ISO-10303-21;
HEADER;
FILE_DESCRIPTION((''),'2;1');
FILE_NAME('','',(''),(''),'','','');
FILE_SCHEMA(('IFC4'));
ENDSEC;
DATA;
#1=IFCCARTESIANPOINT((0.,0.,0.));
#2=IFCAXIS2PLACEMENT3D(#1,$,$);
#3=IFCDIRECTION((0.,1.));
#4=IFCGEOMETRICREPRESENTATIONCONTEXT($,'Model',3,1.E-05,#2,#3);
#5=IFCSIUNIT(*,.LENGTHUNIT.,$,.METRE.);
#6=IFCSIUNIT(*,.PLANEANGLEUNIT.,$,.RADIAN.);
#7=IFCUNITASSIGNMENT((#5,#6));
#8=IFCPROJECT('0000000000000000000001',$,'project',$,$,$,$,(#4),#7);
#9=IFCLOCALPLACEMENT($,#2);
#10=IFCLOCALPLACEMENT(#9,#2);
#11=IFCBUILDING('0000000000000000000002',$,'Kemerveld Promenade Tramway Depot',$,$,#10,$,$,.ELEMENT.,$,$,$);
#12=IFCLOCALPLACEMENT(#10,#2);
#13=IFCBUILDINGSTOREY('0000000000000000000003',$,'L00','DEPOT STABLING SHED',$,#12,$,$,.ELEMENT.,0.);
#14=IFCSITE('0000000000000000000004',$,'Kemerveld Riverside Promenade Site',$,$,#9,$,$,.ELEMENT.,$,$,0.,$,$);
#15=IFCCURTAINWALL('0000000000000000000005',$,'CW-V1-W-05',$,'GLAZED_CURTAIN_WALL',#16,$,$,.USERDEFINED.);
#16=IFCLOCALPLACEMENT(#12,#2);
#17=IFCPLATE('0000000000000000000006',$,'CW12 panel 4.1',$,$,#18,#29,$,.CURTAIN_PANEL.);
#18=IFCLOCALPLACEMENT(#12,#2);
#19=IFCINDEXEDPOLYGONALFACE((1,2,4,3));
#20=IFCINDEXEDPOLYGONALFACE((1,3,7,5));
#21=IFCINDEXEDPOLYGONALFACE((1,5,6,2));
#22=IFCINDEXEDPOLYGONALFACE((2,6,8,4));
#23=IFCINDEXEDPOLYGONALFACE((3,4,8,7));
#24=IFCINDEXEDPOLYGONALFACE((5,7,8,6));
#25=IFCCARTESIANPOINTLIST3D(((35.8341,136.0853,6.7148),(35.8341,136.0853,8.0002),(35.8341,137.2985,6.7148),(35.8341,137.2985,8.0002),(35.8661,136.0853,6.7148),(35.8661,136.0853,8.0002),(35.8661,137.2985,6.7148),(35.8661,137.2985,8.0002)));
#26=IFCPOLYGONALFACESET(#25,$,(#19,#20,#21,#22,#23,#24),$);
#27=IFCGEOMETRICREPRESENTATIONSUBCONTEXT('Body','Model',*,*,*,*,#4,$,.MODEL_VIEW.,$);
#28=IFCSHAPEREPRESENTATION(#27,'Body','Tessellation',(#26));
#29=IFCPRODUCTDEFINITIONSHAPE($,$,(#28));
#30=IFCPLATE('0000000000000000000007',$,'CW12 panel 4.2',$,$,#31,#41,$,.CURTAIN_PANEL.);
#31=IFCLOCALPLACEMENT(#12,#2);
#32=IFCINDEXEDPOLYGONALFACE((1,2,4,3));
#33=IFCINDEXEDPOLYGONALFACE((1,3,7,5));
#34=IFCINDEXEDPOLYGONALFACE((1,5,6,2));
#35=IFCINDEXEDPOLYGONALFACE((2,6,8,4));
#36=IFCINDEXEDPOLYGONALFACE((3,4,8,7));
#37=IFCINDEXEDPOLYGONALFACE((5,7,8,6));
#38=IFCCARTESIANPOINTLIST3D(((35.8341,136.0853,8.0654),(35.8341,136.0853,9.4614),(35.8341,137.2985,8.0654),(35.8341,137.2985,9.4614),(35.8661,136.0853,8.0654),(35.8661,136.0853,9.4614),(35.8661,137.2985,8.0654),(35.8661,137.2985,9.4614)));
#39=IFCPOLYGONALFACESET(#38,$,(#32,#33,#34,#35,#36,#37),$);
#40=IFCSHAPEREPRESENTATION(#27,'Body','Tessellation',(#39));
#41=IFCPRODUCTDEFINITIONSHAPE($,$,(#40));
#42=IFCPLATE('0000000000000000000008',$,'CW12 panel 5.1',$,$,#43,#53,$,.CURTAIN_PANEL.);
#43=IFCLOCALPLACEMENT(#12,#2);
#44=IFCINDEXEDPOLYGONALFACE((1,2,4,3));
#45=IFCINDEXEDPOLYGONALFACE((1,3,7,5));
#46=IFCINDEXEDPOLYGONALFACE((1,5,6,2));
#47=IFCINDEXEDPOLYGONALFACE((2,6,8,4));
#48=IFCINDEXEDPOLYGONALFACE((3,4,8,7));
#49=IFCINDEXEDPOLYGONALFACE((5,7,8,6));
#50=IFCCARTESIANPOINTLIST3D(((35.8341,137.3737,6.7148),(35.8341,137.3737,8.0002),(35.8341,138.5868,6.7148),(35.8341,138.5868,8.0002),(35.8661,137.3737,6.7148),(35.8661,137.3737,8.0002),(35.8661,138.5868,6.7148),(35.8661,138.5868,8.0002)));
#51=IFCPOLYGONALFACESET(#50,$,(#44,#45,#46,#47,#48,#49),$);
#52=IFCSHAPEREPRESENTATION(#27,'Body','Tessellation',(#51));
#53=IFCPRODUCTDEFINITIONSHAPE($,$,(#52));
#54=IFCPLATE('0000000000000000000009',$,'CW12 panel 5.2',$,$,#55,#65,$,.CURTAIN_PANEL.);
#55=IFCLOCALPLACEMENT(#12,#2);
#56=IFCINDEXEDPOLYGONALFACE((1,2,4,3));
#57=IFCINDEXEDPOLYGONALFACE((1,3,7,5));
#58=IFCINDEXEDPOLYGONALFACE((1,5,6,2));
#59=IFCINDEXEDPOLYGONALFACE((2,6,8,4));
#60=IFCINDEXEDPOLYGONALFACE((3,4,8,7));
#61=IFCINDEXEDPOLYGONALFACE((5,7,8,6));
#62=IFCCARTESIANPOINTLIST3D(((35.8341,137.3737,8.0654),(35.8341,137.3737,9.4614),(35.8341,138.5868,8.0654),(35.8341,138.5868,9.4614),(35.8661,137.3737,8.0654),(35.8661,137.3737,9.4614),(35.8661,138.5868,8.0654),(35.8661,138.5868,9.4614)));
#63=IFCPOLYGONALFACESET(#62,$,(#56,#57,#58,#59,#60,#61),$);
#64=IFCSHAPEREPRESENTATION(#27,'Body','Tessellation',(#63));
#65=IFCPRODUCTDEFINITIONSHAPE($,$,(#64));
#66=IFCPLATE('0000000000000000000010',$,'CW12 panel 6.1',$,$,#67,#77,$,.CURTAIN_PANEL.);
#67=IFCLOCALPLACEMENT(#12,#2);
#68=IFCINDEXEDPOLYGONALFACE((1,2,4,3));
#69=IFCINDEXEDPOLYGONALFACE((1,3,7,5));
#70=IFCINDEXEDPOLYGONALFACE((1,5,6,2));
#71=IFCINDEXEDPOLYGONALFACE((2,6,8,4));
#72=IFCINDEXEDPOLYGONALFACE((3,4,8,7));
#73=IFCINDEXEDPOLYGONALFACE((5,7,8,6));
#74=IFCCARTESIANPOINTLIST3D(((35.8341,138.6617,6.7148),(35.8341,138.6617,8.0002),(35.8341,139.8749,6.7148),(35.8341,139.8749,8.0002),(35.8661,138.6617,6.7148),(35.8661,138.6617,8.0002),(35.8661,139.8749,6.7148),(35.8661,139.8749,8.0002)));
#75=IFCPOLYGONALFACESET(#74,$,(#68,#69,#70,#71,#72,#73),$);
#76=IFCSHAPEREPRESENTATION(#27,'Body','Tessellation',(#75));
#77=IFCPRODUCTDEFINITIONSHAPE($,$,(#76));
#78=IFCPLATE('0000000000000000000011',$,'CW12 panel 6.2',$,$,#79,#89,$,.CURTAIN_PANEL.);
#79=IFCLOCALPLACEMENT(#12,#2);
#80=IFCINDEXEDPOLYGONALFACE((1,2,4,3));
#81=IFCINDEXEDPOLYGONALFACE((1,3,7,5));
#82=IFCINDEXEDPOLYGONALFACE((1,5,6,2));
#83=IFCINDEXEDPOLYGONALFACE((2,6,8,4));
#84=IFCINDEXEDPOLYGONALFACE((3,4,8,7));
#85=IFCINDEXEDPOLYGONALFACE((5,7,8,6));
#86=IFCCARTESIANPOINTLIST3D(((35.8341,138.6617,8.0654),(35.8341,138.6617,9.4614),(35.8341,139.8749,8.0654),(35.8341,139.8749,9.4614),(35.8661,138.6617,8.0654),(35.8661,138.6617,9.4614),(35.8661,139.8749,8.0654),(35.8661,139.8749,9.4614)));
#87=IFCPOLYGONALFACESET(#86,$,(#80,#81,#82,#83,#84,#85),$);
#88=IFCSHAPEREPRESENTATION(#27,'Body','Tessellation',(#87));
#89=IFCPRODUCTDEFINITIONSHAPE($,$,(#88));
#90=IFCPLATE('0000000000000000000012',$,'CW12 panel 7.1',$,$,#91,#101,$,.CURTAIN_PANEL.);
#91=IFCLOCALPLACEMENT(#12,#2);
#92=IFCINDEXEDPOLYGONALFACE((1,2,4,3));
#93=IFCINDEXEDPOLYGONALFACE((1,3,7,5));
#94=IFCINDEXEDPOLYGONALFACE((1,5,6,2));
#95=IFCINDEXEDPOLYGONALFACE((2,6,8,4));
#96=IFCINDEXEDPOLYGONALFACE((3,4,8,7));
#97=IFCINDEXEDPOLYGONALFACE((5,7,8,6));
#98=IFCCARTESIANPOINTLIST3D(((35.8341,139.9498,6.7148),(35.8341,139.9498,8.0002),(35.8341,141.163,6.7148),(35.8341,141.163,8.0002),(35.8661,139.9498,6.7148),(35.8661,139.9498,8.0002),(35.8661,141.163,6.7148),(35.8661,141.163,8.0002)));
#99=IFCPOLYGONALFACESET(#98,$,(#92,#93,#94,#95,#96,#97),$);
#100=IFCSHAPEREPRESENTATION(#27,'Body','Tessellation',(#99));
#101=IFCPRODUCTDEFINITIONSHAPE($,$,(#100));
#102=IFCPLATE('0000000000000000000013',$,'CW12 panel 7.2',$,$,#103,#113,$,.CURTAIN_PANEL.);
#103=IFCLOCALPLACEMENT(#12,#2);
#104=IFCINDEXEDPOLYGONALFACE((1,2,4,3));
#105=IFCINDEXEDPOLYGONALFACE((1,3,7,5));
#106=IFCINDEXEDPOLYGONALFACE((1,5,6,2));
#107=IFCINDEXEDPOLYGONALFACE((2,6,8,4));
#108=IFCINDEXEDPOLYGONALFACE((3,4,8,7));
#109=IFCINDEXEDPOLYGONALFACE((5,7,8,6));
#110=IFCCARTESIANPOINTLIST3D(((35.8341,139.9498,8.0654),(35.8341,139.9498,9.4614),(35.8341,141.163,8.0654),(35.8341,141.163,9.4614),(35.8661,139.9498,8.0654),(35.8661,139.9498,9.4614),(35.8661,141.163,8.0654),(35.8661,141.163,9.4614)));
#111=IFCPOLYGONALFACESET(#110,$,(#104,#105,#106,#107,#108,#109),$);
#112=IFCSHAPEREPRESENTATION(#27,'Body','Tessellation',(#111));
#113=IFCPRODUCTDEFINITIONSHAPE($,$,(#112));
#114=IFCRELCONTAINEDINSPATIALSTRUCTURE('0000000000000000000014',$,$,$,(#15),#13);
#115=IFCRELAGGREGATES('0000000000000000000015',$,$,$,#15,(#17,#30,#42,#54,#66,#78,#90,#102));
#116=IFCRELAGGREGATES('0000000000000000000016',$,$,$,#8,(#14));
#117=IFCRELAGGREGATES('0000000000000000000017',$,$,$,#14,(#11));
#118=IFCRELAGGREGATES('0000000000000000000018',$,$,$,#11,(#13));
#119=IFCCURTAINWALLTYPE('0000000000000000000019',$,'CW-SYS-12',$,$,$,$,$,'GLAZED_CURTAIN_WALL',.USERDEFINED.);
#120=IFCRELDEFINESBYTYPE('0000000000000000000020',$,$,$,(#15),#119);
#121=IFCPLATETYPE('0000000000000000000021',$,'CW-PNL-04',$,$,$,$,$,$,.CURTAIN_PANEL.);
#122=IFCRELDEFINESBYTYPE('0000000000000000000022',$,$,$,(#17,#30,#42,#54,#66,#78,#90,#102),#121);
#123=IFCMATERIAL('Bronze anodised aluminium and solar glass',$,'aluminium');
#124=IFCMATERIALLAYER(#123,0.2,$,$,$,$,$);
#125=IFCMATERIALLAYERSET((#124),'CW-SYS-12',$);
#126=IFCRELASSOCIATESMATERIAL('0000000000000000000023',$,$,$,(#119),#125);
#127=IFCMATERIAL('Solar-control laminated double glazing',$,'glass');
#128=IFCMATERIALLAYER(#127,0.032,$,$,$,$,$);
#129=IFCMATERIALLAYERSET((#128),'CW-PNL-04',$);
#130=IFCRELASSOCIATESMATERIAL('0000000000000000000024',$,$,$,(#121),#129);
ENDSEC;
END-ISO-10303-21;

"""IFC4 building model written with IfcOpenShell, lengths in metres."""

from ifc_helpers import new_model, si_unit, direction, frame, origin, origin_2d, place, context, subcontext, project, spatial, rectangle, extrude, material, layer, layer_set, type_object, element, aggregate, save


model = new_model("IFC4")

# Units and contexts
model_context = context("Model", 3, precision=1e-05, world=origin(), true_north=direction((0.0, 1.0)))
body_context = subcontext(model_context, "Body", "Model", "MODEL_VIEW")
ifc_project = project(units=[si_unit("LENGTHUNIT", "METRE"), si_unit("PLANEANGLEUNIT", "RADIAN")], contexts=[model_context])

# Site, building, storey
site_placement = place(None, origin())
site = spatial("IfcSite", under=ifc_project, at=site_placement, Name="Kemerveld Riverside Promenade Site", CompositionType="ELEMENT", RefElevation=0.0)
building_placement = place(site_placement, origin())
building = spatial("IfcBuilding", under=site, at=building_placement, Name="Kemerveld Promenade Tramway Depot", CompositionType="ELEMENT")
storey_placement = place(building_placement, origin())
storey = spatial("IfcBuildingStorey", under=building, at=storey_placement, Name="L00", Description="DEPOT STABLING SHED", CompositionType="ELEMENT", Elevation=0.0)

# Curtain wall, plates
ifc_material_1 = material(Name="Bronze anodised aluminium and solar glass", Category="aluminium")
ifc_layer_1 = layer(ifc_material_1, 0.2)
ifc_layer_set_1 = layer_set([ifc_layer_1], Name="CW-SYS-12")
curtain_wall_type = type_object("IfcCurtainWallType", Name="CW-SYS-12", ElementType="GLAZED_CURTAIN_WALL", PredefinedType="USERDEFINED", material=ifc_layer_set_1)
curtain_wall_placement = place(storey_placement, origin())
curtain_wall = element("IfcCurtainWall", 1, at=curtain_wall_placement, inside=storey, type_object=curtain_wall_type, Name="CW-V1-W-05", ObjectType="GLAZED_CURTAIN_WALL", PredefinedType="USERDEFINED")
ifc_material_2 = material(Name="Solar-control laminated double glazing", Category="glass")
ifc_layer_2 = layer(ifc_material_2, 0.032)
ifc_layer_set_2 = layer_set([ifc_layer_2], Name="CW-PNL-04")
plate_type = type_object("IfcPlateType", Name="CW-PNL-04", PredefinedType="CURTAIN_PANEL", material=ifc_layer_set_2)
plate_1_placement = place(storey_placement, frame((35.8501, 136.6919, 6.7148), z_axis=(0.0, 0.0, 1.0), x_axis=(0.0, 1.0, 0.0)))
plate_1 = element("IfcPlate", 2, at=plate_1_placement, type_object=plate_type, Name="CW12 panel 4.1", PredefinedType="CURTAIN_PANEL", context=body_context, shape_type="SweptSolid", body=[
    extrude(rectangle(XDim=1.2131, YDim=0.032, at=origin_2d()), origin(), (0.0, 0.0, 1.0), 1.2854),
])
plate_2_placement = place(storey_placement, frame((35.8501, 136.6919, 8.0654), z_axis=(0.0, 0.0, 1.0), x_axis=(0.0, 1.0, 0.0)))
plate_2 = element("IfcPlate", 3, at=plate_2_placement, type_object=plate_type, Name="CW12 panel 4.2", PredefinedType="CURTAIN_PANEL", context=body_context, shape_type="SweptSolid", body=[
    extrude(rectangle(XDim=1.2131, YDim=0.032, at=origin_2d()), origin(), (0.0, 0.0, 1.0), 1.396),
])
plate_3_placement = place(storey_placement, frame((35.8501, 137.9802, 6.7148), z_axis=(0.0, 0.0, 1.0), x_axis=(0.0, 1.0, 0.0)))
plate_3 = element("IfcPlate", 4, at=plate_3_placement, type_object=plate_type, Name="CW12 panel 5.1", PredefinedType="CURTAIN_PANEL", context=body_context, shape_type="SweptSolid", body=[
    extrude(rectangle(XDim=1.2131, YDim=0.032, at=origin_2d()), origin(), (0.0, 0.0, 1.0), 1.2854),
])
plate_4_placement = place(storey_placement, frame((35.8501, 137.9802, 8.0654), z_axis=(0.0, 0.0, 1.0), x_axis=(0.0, 1.0, 0.0)))
plate_4 = element("IfcPlate", 5, at=plate_4_placement, type_object=plate_type, Name="CW12 panel 5.2", PredefinedType="CURTAIN_PANEL", context=body_context, shape_type="SweptSolid", body=[
    extrude(rectangle(XDim=1.2131, YDim=0.032, at=origin_2d()), origin(), (0.0, 0.0, 1.0), 1.396),
])
plate_5_placement = place(storey_placement, frame((35.8501, 139.2683, 6.7148), z_axis=(0.0, 0.0, 1.0), x_axis=(0.0, 1.0, 0.0)))
plate_5 = element("IfcPlate", 6, at=plate_5_placement, type_object=plate_type, Name="CW12 panel 6.1", PredefinedType="CURTAIN_PANEL", context=body_context, shape_type="SweptSolid", body=[
    extrude(rectangle(XDim=1.2131, YDim=0.032, at=origin_2d()), origin(), (0.0, 0.0, 1.0), 1.2854),
])
plate_6_placement = place(storey_placement, frame((35.8501, 139.2683, 8.0654), z_axis=(0.0, 0.0, 1.0), x_axis=(0.0, 1.0, 0.0)))
plate_6 = element("IfcPlate", 7, at=plate_6_placement, type_object=plate_type, Name="CW12 panel 6.2", PredefinedType="CURTAIN_PANEL", context=body_context, shape_type="SweptSolid", body=[
    extrude(rectangle(XDim=1.2131, YDim=0.032, at=origin_2d()), origin(), (0.0, 0.0, 1.0), 1.396),
])
plate_7_placement = place(storey_placement, frame((35.8501, 140.5564, 6.7148), z_axis=(0.0, 0.0, 1.0), x_axis=(0.0, 1.0, 0.0)))
plate_7 = element("IfcPlate", 8, at=plate_7_placement, type_object=plate_type, Name="CW12 panel 7.1", PredefinedType="CURTAIN_PANEL", context=body_context, shape_type="SweptSolid", body=[
    extrude(rectangle(XDim=1.2131, YDim=0.032, at=origin_2d()), origin(), (0.0, 0.0, 1.0), 1.2854),
])
plate_8_placement = place(storey_placement, frame((35.8501, 140.5564, 8.0654), z_axis=(0.0, 0.0, 1.0), x_axis=(0.0, 1.0, 0.0)))
plate_8 = element("IfcPlate", 9, at=plate_8_placement, type_object=plate_type, Name="CW12 panel 7.2", PredefinedType="CURTAIN_PANEL", context=body_context, shape_type="SweptSolid", body=[
    extrude(rectangle(XDim=1.2131, YDim=0.032, at=origin_2d()), origin(), (0.0, 0.0, 1.0), 1.396),
])
aggregate(curtain_wall, [plate_1, plate_2, plate_3, plate_4, plate_5, plate_6, plate_7, plate_8])

save(model, "model.ifc")
